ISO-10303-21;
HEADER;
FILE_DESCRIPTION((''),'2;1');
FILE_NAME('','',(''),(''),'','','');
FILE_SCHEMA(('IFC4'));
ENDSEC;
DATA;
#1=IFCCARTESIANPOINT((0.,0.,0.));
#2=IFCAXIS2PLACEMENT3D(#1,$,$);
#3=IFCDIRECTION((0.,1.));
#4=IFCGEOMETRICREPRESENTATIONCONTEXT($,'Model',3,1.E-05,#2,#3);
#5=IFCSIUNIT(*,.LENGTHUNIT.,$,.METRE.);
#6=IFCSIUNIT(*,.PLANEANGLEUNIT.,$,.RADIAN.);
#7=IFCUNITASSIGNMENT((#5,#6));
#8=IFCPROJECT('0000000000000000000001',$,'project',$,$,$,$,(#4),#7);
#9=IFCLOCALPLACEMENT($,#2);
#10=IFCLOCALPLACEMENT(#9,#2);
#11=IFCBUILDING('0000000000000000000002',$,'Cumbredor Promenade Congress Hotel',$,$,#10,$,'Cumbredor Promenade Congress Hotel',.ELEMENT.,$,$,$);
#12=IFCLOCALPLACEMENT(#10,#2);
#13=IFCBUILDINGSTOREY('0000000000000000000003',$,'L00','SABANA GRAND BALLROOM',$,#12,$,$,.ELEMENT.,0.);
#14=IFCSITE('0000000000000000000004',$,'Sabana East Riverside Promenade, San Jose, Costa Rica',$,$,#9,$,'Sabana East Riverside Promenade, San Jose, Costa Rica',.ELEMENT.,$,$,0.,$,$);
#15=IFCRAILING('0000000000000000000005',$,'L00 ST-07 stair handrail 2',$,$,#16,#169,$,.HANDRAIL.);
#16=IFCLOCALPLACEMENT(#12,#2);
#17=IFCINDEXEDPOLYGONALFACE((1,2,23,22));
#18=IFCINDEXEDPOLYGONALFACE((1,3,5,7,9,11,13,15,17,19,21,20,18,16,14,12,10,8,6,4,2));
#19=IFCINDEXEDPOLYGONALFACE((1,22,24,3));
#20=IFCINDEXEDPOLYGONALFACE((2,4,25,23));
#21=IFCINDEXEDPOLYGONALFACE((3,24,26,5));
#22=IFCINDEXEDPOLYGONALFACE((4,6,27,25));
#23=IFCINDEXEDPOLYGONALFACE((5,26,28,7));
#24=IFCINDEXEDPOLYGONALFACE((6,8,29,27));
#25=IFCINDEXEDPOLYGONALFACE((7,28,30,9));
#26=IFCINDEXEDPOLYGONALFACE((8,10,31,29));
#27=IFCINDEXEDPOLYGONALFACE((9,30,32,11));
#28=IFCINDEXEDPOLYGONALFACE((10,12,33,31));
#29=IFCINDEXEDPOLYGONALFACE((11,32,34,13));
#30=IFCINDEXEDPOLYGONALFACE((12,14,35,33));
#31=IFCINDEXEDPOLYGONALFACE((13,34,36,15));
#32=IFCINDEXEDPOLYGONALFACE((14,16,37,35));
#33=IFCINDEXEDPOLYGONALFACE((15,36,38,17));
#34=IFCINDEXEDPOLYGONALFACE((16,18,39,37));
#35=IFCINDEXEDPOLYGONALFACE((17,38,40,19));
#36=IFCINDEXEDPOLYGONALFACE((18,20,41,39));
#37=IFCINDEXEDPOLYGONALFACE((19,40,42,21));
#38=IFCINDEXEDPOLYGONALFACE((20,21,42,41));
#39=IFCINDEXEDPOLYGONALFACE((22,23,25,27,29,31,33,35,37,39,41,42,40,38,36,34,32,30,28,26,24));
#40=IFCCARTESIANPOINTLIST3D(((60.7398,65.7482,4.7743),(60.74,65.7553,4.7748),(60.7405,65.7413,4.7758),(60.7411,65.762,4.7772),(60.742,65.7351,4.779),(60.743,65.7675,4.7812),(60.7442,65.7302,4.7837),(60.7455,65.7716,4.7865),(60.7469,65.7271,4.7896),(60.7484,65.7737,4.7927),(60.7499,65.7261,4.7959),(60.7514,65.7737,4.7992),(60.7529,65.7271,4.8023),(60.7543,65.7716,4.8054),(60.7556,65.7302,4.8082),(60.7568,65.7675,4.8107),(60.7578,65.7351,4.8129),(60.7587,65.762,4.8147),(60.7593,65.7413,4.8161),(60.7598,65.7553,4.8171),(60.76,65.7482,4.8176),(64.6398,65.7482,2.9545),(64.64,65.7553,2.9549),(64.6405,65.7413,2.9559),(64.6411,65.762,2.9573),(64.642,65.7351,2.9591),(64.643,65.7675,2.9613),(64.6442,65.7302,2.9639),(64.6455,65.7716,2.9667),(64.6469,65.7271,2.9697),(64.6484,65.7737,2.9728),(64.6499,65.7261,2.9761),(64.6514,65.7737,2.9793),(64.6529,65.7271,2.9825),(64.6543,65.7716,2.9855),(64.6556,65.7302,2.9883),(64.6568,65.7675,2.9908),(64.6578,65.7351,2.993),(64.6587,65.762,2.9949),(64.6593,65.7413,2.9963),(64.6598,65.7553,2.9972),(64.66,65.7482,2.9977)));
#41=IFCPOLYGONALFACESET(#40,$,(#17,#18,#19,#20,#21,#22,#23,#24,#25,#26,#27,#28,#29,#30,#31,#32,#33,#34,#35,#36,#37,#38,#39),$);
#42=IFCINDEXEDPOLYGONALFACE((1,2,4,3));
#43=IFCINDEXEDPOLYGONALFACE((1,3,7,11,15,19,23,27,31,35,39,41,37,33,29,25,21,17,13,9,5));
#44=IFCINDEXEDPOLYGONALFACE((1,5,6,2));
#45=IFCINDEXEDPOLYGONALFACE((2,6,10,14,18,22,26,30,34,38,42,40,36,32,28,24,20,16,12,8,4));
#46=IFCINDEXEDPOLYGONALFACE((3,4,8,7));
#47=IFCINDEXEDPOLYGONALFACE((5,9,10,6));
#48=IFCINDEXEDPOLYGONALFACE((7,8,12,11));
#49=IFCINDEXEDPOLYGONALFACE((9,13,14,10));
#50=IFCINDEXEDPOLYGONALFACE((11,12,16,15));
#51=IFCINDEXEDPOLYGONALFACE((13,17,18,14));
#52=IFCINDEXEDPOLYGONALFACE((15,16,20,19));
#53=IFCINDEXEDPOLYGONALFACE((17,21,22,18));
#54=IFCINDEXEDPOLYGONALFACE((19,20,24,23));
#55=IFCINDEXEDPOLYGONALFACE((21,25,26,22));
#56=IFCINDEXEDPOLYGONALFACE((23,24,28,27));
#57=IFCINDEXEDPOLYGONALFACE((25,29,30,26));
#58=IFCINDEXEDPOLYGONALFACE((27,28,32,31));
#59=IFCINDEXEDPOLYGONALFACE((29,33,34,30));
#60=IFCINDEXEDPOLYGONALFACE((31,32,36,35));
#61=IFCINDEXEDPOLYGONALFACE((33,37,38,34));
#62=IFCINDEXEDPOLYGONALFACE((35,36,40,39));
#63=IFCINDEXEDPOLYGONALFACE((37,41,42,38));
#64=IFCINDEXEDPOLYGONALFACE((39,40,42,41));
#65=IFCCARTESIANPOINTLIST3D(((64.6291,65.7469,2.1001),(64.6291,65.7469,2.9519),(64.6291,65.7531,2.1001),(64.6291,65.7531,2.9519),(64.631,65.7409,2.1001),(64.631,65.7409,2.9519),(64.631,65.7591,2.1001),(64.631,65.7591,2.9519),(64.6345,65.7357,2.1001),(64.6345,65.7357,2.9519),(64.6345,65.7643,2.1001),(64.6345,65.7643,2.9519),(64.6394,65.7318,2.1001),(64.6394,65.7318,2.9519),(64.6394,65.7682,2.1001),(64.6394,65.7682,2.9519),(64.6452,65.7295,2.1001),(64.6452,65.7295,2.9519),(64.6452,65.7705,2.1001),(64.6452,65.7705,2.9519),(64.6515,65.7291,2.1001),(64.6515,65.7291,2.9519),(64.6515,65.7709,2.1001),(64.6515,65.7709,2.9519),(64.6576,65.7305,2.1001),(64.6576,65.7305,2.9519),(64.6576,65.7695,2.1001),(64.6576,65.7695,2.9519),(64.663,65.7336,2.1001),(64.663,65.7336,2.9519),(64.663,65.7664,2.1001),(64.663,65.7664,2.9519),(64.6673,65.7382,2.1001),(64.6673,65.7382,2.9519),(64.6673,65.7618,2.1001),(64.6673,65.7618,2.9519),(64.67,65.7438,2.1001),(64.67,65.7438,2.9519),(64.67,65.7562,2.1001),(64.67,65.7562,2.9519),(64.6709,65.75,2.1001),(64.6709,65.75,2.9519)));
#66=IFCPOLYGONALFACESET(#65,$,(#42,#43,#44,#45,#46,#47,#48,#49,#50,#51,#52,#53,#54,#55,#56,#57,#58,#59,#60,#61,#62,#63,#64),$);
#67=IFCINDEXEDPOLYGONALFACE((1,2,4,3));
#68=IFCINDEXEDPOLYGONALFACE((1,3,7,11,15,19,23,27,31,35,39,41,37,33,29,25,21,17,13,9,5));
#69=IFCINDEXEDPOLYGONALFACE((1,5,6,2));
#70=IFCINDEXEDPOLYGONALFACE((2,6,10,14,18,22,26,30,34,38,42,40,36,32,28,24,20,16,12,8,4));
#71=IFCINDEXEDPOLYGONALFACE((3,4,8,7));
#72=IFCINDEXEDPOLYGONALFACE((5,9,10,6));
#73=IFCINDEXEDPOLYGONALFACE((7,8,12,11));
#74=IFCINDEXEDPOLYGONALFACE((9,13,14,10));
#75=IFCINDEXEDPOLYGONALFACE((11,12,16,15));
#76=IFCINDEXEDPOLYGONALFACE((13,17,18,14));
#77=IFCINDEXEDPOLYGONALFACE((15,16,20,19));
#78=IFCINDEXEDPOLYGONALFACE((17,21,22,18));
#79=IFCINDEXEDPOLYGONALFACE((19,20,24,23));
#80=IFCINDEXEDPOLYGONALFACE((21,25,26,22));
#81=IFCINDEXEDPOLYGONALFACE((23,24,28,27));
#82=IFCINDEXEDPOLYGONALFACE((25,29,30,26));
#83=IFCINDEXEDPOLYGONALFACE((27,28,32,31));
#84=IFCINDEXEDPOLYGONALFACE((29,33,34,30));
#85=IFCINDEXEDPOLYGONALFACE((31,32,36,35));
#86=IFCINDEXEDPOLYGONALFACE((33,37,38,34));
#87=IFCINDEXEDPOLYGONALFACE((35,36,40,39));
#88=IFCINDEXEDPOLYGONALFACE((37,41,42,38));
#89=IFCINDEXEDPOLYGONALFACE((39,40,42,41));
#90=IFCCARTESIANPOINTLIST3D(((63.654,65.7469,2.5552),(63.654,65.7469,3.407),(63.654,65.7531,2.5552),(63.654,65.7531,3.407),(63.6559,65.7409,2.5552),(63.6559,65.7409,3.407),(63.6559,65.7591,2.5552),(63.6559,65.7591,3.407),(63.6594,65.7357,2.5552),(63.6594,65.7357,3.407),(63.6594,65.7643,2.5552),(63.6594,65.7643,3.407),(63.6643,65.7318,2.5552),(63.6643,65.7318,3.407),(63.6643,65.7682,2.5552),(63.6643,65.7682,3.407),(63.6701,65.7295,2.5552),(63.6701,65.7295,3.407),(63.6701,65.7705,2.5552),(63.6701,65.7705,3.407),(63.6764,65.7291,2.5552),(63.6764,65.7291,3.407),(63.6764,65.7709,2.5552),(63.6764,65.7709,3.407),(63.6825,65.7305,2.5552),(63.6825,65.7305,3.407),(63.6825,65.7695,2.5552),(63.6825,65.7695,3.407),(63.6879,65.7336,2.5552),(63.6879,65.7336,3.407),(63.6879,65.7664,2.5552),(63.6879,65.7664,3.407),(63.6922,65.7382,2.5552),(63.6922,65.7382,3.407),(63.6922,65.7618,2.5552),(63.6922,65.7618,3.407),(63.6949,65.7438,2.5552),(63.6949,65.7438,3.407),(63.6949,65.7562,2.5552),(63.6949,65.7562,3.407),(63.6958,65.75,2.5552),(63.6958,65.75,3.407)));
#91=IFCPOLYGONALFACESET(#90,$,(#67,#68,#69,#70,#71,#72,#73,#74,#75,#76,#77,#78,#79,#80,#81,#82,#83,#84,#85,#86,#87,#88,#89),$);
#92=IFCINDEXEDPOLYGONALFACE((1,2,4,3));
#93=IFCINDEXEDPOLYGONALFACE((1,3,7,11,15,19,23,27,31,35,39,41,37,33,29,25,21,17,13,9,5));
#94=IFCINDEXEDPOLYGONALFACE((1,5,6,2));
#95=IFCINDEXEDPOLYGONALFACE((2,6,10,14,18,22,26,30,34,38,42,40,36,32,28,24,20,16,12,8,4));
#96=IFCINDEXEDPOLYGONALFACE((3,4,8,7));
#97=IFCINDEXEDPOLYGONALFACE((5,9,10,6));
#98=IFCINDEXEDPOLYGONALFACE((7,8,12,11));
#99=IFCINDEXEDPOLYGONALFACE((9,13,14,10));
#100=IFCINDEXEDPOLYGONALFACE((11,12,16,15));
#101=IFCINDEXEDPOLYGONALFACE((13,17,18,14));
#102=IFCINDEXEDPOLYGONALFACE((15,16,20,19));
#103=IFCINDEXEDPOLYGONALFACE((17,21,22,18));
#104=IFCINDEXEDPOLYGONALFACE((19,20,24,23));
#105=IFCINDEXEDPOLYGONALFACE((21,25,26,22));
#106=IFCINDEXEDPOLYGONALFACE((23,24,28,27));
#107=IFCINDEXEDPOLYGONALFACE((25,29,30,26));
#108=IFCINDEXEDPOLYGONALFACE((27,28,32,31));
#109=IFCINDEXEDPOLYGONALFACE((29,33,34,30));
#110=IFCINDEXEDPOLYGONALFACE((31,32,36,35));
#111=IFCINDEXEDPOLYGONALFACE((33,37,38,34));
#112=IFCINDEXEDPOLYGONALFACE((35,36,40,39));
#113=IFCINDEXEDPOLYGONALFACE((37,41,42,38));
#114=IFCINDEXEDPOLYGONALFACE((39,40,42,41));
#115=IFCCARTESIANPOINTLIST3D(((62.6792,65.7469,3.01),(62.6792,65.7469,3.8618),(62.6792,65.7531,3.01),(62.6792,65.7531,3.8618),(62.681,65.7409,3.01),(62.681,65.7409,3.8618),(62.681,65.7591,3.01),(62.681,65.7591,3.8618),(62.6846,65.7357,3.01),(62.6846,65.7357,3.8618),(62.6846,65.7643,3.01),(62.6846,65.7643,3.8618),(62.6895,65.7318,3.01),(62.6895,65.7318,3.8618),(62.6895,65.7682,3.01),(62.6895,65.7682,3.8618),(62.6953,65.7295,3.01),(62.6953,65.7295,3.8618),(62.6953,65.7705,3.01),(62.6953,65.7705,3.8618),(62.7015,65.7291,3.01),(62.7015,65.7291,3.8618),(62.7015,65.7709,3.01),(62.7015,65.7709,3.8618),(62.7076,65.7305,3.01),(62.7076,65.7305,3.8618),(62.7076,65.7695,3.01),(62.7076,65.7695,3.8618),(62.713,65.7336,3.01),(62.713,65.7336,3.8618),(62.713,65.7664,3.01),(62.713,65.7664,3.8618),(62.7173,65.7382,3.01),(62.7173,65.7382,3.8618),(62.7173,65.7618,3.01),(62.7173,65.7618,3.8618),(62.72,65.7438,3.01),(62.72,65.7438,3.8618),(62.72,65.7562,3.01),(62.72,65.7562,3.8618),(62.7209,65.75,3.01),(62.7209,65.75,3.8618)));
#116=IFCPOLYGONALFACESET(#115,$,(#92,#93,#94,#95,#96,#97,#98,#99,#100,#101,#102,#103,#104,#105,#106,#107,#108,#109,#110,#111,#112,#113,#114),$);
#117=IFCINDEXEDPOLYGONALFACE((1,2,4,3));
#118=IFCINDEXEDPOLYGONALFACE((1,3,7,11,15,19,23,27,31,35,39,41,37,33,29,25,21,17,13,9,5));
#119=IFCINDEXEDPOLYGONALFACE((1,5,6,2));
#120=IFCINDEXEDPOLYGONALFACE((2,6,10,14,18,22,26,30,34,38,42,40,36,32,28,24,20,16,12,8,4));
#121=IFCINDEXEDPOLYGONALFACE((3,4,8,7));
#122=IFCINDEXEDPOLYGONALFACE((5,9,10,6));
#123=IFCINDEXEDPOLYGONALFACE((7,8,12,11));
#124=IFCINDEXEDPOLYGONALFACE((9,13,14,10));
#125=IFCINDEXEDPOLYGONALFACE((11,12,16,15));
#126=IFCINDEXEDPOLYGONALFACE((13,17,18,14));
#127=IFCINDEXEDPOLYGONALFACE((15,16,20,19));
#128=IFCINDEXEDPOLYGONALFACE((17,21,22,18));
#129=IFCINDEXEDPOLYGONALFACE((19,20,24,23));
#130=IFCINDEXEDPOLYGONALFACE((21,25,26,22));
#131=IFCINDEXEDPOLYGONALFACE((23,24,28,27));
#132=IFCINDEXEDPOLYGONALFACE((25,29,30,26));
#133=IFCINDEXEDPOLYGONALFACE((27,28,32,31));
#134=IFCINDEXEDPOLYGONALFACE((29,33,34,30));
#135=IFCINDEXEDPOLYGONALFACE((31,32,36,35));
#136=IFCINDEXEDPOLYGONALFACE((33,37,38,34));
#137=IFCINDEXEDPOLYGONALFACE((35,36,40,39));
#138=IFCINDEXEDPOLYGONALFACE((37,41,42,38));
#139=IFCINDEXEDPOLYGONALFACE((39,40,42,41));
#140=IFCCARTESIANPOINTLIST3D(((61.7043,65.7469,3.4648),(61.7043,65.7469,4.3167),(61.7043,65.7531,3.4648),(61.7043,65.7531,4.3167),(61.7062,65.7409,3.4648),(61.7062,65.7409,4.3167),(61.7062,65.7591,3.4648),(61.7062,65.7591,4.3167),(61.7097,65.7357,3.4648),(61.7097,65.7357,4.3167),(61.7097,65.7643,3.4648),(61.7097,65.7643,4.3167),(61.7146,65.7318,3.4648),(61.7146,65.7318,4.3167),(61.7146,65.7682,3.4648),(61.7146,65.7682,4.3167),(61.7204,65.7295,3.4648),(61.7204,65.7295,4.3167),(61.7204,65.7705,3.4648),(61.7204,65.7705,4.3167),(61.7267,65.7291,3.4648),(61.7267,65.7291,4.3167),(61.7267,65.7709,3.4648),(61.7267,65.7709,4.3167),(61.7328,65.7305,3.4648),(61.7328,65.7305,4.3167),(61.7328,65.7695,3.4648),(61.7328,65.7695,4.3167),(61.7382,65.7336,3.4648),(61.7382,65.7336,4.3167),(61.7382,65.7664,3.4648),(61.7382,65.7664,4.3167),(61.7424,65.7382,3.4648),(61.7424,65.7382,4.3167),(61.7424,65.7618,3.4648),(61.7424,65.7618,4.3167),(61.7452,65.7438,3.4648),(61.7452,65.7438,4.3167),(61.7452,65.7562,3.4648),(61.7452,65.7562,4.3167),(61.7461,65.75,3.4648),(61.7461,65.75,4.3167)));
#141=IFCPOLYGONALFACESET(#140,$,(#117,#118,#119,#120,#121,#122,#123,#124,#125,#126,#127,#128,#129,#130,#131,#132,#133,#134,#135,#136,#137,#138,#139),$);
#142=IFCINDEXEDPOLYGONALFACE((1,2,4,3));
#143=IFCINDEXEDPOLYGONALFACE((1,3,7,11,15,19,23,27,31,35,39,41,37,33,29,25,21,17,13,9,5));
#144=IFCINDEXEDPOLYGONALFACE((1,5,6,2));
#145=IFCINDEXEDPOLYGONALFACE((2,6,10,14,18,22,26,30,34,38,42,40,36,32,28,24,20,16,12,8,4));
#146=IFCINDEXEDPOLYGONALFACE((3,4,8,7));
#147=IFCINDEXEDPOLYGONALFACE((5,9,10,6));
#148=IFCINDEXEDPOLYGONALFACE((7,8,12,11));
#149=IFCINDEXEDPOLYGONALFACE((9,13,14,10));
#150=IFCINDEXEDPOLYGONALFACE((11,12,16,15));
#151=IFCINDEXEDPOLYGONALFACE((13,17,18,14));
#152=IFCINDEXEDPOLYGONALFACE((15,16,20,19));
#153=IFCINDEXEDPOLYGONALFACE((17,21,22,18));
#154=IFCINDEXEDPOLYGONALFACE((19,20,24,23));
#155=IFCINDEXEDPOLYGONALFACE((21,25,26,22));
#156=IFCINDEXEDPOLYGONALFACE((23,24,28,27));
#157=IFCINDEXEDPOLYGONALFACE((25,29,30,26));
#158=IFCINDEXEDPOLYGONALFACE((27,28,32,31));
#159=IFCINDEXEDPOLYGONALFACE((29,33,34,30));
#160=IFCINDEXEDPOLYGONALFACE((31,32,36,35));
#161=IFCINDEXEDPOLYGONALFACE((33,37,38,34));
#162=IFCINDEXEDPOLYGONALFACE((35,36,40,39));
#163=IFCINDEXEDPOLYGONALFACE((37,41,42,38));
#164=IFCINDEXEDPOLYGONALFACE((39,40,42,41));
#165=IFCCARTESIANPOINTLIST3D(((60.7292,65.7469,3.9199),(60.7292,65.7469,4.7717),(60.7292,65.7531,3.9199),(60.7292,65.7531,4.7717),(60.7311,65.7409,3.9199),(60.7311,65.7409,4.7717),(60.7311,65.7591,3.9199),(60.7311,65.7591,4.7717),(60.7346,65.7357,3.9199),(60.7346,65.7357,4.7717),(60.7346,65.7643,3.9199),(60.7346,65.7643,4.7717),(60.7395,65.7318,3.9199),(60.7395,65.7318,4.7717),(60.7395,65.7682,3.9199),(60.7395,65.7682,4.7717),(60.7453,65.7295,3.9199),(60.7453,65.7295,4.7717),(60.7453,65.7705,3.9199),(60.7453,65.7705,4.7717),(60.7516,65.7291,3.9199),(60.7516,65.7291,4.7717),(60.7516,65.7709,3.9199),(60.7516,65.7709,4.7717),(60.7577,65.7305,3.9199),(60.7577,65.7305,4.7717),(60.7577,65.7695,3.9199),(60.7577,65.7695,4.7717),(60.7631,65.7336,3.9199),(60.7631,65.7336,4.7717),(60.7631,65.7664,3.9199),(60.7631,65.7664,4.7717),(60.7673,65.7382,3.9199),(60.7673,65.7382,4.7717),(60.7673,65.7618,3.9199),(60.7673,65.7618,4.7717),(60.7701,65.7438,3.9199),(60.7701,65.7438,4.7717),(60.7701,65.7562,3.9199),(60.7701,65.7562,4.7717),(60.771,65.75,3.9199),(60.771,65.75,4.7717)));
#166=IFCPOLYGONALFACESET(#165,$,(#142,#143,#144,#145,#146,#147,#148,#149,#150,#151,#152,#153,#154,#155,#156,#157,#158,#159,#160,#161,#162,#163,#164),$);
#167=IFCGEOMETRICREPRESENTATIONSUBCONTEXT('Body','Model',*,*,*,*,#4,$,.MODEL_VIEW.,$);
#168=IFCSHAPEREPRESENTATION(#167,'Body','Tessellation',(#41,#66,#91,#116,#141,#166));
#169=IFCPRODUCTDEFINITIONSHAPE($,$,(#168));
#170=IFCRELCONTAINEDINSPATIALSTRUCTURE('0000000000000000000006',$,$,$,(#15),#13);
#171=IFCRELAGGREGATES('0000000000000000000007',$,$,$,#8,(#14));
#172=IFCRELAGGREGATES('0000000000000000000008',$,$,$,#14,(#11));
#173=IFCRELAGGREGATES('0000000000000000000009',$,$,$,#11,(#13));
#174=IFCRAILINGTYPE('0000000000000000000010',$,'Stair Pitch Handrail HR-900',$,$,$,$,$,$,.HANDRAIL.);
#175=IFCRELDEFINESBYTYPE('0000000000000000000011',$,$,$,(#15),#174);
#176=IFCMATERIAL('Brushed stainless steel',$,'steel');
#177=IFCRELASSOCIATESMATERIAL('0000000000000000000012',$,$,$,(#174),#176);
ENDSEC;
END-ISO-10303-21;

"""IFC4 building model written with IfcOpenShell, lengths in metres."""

from ifc_helpers import new_model, si_unit, direction, frame, origin, origin_2d, place, context, subcontext, project, spatial, circle, extrude, material, type_object, element, save


model = new_model("IFC4")

# Units and contexts
model_context = context("Model", 3, precision=1e-05, world=origin(), true_north=direction((0.0, 1.0)))
body_context = subcontext(model_context, "Body", "Model", "MODEL_VIEW")
ifc_project = project(units=[si_unit("LENGTHUNIT", "METRE"), si_unit("PLANEANGLEUNIT", "RADIAN")], contexts=[model_context])

# Site, building, storey
site_placement = place(None, origin())
site = spatial("IfcSite", under=ifc_project, at=site_placement, Name="Sabana East Riverside Promenade, San Jose, Costa Rica", LongName="Sabana East Riverside Promenade, San Jose, Costa Rica", CompositionType="ELEMENT", RefElevation=0.0)
building_placement = place(site_placement, origin())
building = spatial("IfcBuilding", under=site, at=building_placement, Name="Cumbredor Promenade Congress Hotel", LongName="Cumbredor Promenade Congress Hotel", CompositionType="ELEMENT")
storey_placement = place(building_placement, origin())
storey = spatial("IfcBuildingStorey", under=building, at=storey_placement, Name="L00", Description="SABANA GRAND BALLROOM", CompositionType="ELEMENT", Elevation=0.0)

# Railing
ifc_material_1 = material(Name="Brushed stainless steel", Category="steel")
railing_type_1 = type_object("IfcRailingType", Name="Stair Pitch Handrail HR-900", PredefinedType="HANDRAIL", material=ifc_material_1)
railing_1_placement = place(storey_placement, frame((64.6499, 65.75, 2.1001)))
element("IfcRailing", 1, at=railing_1_placement, inside=storey, type_object=railing_type_1, Name="L00 ST-07 stair handrail 2", PredefinedType="HANDRAIL", context=body_context, shape_type="SweptSolid", body=[
    extrude(circle(Radius=0.0239, at=origin_2d()), frame((0.0, 0.0, 0.876), z_axis=(-0.906195, 0.0, 0.422861), x_axis=(0.0, -1.0, 0.0)), (0.0, 0.0, 1.0), 4.3037),
    extrude(circle(Radius=0.021, at=origin_2d()), origin(), (0.0, 0.0, 1.0), 0.8518),
    extrude(circle(Radius=0.021, at=origin_2d()), frame((-0.9751, 0.0, 0.4551)), (0.0, 0.0, 1.0), 0.8518),
    extrude(circle(Radius=0.021, at=origin_2d()), frame((-1.95, 0.0, 0.9099)), (0.0, 0.0, 1.0), 0.8518),
    extrude(circle(Radius=0.021, at=origin_2d()), frame((-2.9248, 0.0, 1.3647)), (0.0, 0.0, 1.0), 0.8518),
    extrude(circle(Radius=0.021, at=origin_2d()), frame((-3.8999, 0.0, 1.8198)), (0.0, 0.0, 1.0), 0.8518),
])

save(model, "model.ifc")
